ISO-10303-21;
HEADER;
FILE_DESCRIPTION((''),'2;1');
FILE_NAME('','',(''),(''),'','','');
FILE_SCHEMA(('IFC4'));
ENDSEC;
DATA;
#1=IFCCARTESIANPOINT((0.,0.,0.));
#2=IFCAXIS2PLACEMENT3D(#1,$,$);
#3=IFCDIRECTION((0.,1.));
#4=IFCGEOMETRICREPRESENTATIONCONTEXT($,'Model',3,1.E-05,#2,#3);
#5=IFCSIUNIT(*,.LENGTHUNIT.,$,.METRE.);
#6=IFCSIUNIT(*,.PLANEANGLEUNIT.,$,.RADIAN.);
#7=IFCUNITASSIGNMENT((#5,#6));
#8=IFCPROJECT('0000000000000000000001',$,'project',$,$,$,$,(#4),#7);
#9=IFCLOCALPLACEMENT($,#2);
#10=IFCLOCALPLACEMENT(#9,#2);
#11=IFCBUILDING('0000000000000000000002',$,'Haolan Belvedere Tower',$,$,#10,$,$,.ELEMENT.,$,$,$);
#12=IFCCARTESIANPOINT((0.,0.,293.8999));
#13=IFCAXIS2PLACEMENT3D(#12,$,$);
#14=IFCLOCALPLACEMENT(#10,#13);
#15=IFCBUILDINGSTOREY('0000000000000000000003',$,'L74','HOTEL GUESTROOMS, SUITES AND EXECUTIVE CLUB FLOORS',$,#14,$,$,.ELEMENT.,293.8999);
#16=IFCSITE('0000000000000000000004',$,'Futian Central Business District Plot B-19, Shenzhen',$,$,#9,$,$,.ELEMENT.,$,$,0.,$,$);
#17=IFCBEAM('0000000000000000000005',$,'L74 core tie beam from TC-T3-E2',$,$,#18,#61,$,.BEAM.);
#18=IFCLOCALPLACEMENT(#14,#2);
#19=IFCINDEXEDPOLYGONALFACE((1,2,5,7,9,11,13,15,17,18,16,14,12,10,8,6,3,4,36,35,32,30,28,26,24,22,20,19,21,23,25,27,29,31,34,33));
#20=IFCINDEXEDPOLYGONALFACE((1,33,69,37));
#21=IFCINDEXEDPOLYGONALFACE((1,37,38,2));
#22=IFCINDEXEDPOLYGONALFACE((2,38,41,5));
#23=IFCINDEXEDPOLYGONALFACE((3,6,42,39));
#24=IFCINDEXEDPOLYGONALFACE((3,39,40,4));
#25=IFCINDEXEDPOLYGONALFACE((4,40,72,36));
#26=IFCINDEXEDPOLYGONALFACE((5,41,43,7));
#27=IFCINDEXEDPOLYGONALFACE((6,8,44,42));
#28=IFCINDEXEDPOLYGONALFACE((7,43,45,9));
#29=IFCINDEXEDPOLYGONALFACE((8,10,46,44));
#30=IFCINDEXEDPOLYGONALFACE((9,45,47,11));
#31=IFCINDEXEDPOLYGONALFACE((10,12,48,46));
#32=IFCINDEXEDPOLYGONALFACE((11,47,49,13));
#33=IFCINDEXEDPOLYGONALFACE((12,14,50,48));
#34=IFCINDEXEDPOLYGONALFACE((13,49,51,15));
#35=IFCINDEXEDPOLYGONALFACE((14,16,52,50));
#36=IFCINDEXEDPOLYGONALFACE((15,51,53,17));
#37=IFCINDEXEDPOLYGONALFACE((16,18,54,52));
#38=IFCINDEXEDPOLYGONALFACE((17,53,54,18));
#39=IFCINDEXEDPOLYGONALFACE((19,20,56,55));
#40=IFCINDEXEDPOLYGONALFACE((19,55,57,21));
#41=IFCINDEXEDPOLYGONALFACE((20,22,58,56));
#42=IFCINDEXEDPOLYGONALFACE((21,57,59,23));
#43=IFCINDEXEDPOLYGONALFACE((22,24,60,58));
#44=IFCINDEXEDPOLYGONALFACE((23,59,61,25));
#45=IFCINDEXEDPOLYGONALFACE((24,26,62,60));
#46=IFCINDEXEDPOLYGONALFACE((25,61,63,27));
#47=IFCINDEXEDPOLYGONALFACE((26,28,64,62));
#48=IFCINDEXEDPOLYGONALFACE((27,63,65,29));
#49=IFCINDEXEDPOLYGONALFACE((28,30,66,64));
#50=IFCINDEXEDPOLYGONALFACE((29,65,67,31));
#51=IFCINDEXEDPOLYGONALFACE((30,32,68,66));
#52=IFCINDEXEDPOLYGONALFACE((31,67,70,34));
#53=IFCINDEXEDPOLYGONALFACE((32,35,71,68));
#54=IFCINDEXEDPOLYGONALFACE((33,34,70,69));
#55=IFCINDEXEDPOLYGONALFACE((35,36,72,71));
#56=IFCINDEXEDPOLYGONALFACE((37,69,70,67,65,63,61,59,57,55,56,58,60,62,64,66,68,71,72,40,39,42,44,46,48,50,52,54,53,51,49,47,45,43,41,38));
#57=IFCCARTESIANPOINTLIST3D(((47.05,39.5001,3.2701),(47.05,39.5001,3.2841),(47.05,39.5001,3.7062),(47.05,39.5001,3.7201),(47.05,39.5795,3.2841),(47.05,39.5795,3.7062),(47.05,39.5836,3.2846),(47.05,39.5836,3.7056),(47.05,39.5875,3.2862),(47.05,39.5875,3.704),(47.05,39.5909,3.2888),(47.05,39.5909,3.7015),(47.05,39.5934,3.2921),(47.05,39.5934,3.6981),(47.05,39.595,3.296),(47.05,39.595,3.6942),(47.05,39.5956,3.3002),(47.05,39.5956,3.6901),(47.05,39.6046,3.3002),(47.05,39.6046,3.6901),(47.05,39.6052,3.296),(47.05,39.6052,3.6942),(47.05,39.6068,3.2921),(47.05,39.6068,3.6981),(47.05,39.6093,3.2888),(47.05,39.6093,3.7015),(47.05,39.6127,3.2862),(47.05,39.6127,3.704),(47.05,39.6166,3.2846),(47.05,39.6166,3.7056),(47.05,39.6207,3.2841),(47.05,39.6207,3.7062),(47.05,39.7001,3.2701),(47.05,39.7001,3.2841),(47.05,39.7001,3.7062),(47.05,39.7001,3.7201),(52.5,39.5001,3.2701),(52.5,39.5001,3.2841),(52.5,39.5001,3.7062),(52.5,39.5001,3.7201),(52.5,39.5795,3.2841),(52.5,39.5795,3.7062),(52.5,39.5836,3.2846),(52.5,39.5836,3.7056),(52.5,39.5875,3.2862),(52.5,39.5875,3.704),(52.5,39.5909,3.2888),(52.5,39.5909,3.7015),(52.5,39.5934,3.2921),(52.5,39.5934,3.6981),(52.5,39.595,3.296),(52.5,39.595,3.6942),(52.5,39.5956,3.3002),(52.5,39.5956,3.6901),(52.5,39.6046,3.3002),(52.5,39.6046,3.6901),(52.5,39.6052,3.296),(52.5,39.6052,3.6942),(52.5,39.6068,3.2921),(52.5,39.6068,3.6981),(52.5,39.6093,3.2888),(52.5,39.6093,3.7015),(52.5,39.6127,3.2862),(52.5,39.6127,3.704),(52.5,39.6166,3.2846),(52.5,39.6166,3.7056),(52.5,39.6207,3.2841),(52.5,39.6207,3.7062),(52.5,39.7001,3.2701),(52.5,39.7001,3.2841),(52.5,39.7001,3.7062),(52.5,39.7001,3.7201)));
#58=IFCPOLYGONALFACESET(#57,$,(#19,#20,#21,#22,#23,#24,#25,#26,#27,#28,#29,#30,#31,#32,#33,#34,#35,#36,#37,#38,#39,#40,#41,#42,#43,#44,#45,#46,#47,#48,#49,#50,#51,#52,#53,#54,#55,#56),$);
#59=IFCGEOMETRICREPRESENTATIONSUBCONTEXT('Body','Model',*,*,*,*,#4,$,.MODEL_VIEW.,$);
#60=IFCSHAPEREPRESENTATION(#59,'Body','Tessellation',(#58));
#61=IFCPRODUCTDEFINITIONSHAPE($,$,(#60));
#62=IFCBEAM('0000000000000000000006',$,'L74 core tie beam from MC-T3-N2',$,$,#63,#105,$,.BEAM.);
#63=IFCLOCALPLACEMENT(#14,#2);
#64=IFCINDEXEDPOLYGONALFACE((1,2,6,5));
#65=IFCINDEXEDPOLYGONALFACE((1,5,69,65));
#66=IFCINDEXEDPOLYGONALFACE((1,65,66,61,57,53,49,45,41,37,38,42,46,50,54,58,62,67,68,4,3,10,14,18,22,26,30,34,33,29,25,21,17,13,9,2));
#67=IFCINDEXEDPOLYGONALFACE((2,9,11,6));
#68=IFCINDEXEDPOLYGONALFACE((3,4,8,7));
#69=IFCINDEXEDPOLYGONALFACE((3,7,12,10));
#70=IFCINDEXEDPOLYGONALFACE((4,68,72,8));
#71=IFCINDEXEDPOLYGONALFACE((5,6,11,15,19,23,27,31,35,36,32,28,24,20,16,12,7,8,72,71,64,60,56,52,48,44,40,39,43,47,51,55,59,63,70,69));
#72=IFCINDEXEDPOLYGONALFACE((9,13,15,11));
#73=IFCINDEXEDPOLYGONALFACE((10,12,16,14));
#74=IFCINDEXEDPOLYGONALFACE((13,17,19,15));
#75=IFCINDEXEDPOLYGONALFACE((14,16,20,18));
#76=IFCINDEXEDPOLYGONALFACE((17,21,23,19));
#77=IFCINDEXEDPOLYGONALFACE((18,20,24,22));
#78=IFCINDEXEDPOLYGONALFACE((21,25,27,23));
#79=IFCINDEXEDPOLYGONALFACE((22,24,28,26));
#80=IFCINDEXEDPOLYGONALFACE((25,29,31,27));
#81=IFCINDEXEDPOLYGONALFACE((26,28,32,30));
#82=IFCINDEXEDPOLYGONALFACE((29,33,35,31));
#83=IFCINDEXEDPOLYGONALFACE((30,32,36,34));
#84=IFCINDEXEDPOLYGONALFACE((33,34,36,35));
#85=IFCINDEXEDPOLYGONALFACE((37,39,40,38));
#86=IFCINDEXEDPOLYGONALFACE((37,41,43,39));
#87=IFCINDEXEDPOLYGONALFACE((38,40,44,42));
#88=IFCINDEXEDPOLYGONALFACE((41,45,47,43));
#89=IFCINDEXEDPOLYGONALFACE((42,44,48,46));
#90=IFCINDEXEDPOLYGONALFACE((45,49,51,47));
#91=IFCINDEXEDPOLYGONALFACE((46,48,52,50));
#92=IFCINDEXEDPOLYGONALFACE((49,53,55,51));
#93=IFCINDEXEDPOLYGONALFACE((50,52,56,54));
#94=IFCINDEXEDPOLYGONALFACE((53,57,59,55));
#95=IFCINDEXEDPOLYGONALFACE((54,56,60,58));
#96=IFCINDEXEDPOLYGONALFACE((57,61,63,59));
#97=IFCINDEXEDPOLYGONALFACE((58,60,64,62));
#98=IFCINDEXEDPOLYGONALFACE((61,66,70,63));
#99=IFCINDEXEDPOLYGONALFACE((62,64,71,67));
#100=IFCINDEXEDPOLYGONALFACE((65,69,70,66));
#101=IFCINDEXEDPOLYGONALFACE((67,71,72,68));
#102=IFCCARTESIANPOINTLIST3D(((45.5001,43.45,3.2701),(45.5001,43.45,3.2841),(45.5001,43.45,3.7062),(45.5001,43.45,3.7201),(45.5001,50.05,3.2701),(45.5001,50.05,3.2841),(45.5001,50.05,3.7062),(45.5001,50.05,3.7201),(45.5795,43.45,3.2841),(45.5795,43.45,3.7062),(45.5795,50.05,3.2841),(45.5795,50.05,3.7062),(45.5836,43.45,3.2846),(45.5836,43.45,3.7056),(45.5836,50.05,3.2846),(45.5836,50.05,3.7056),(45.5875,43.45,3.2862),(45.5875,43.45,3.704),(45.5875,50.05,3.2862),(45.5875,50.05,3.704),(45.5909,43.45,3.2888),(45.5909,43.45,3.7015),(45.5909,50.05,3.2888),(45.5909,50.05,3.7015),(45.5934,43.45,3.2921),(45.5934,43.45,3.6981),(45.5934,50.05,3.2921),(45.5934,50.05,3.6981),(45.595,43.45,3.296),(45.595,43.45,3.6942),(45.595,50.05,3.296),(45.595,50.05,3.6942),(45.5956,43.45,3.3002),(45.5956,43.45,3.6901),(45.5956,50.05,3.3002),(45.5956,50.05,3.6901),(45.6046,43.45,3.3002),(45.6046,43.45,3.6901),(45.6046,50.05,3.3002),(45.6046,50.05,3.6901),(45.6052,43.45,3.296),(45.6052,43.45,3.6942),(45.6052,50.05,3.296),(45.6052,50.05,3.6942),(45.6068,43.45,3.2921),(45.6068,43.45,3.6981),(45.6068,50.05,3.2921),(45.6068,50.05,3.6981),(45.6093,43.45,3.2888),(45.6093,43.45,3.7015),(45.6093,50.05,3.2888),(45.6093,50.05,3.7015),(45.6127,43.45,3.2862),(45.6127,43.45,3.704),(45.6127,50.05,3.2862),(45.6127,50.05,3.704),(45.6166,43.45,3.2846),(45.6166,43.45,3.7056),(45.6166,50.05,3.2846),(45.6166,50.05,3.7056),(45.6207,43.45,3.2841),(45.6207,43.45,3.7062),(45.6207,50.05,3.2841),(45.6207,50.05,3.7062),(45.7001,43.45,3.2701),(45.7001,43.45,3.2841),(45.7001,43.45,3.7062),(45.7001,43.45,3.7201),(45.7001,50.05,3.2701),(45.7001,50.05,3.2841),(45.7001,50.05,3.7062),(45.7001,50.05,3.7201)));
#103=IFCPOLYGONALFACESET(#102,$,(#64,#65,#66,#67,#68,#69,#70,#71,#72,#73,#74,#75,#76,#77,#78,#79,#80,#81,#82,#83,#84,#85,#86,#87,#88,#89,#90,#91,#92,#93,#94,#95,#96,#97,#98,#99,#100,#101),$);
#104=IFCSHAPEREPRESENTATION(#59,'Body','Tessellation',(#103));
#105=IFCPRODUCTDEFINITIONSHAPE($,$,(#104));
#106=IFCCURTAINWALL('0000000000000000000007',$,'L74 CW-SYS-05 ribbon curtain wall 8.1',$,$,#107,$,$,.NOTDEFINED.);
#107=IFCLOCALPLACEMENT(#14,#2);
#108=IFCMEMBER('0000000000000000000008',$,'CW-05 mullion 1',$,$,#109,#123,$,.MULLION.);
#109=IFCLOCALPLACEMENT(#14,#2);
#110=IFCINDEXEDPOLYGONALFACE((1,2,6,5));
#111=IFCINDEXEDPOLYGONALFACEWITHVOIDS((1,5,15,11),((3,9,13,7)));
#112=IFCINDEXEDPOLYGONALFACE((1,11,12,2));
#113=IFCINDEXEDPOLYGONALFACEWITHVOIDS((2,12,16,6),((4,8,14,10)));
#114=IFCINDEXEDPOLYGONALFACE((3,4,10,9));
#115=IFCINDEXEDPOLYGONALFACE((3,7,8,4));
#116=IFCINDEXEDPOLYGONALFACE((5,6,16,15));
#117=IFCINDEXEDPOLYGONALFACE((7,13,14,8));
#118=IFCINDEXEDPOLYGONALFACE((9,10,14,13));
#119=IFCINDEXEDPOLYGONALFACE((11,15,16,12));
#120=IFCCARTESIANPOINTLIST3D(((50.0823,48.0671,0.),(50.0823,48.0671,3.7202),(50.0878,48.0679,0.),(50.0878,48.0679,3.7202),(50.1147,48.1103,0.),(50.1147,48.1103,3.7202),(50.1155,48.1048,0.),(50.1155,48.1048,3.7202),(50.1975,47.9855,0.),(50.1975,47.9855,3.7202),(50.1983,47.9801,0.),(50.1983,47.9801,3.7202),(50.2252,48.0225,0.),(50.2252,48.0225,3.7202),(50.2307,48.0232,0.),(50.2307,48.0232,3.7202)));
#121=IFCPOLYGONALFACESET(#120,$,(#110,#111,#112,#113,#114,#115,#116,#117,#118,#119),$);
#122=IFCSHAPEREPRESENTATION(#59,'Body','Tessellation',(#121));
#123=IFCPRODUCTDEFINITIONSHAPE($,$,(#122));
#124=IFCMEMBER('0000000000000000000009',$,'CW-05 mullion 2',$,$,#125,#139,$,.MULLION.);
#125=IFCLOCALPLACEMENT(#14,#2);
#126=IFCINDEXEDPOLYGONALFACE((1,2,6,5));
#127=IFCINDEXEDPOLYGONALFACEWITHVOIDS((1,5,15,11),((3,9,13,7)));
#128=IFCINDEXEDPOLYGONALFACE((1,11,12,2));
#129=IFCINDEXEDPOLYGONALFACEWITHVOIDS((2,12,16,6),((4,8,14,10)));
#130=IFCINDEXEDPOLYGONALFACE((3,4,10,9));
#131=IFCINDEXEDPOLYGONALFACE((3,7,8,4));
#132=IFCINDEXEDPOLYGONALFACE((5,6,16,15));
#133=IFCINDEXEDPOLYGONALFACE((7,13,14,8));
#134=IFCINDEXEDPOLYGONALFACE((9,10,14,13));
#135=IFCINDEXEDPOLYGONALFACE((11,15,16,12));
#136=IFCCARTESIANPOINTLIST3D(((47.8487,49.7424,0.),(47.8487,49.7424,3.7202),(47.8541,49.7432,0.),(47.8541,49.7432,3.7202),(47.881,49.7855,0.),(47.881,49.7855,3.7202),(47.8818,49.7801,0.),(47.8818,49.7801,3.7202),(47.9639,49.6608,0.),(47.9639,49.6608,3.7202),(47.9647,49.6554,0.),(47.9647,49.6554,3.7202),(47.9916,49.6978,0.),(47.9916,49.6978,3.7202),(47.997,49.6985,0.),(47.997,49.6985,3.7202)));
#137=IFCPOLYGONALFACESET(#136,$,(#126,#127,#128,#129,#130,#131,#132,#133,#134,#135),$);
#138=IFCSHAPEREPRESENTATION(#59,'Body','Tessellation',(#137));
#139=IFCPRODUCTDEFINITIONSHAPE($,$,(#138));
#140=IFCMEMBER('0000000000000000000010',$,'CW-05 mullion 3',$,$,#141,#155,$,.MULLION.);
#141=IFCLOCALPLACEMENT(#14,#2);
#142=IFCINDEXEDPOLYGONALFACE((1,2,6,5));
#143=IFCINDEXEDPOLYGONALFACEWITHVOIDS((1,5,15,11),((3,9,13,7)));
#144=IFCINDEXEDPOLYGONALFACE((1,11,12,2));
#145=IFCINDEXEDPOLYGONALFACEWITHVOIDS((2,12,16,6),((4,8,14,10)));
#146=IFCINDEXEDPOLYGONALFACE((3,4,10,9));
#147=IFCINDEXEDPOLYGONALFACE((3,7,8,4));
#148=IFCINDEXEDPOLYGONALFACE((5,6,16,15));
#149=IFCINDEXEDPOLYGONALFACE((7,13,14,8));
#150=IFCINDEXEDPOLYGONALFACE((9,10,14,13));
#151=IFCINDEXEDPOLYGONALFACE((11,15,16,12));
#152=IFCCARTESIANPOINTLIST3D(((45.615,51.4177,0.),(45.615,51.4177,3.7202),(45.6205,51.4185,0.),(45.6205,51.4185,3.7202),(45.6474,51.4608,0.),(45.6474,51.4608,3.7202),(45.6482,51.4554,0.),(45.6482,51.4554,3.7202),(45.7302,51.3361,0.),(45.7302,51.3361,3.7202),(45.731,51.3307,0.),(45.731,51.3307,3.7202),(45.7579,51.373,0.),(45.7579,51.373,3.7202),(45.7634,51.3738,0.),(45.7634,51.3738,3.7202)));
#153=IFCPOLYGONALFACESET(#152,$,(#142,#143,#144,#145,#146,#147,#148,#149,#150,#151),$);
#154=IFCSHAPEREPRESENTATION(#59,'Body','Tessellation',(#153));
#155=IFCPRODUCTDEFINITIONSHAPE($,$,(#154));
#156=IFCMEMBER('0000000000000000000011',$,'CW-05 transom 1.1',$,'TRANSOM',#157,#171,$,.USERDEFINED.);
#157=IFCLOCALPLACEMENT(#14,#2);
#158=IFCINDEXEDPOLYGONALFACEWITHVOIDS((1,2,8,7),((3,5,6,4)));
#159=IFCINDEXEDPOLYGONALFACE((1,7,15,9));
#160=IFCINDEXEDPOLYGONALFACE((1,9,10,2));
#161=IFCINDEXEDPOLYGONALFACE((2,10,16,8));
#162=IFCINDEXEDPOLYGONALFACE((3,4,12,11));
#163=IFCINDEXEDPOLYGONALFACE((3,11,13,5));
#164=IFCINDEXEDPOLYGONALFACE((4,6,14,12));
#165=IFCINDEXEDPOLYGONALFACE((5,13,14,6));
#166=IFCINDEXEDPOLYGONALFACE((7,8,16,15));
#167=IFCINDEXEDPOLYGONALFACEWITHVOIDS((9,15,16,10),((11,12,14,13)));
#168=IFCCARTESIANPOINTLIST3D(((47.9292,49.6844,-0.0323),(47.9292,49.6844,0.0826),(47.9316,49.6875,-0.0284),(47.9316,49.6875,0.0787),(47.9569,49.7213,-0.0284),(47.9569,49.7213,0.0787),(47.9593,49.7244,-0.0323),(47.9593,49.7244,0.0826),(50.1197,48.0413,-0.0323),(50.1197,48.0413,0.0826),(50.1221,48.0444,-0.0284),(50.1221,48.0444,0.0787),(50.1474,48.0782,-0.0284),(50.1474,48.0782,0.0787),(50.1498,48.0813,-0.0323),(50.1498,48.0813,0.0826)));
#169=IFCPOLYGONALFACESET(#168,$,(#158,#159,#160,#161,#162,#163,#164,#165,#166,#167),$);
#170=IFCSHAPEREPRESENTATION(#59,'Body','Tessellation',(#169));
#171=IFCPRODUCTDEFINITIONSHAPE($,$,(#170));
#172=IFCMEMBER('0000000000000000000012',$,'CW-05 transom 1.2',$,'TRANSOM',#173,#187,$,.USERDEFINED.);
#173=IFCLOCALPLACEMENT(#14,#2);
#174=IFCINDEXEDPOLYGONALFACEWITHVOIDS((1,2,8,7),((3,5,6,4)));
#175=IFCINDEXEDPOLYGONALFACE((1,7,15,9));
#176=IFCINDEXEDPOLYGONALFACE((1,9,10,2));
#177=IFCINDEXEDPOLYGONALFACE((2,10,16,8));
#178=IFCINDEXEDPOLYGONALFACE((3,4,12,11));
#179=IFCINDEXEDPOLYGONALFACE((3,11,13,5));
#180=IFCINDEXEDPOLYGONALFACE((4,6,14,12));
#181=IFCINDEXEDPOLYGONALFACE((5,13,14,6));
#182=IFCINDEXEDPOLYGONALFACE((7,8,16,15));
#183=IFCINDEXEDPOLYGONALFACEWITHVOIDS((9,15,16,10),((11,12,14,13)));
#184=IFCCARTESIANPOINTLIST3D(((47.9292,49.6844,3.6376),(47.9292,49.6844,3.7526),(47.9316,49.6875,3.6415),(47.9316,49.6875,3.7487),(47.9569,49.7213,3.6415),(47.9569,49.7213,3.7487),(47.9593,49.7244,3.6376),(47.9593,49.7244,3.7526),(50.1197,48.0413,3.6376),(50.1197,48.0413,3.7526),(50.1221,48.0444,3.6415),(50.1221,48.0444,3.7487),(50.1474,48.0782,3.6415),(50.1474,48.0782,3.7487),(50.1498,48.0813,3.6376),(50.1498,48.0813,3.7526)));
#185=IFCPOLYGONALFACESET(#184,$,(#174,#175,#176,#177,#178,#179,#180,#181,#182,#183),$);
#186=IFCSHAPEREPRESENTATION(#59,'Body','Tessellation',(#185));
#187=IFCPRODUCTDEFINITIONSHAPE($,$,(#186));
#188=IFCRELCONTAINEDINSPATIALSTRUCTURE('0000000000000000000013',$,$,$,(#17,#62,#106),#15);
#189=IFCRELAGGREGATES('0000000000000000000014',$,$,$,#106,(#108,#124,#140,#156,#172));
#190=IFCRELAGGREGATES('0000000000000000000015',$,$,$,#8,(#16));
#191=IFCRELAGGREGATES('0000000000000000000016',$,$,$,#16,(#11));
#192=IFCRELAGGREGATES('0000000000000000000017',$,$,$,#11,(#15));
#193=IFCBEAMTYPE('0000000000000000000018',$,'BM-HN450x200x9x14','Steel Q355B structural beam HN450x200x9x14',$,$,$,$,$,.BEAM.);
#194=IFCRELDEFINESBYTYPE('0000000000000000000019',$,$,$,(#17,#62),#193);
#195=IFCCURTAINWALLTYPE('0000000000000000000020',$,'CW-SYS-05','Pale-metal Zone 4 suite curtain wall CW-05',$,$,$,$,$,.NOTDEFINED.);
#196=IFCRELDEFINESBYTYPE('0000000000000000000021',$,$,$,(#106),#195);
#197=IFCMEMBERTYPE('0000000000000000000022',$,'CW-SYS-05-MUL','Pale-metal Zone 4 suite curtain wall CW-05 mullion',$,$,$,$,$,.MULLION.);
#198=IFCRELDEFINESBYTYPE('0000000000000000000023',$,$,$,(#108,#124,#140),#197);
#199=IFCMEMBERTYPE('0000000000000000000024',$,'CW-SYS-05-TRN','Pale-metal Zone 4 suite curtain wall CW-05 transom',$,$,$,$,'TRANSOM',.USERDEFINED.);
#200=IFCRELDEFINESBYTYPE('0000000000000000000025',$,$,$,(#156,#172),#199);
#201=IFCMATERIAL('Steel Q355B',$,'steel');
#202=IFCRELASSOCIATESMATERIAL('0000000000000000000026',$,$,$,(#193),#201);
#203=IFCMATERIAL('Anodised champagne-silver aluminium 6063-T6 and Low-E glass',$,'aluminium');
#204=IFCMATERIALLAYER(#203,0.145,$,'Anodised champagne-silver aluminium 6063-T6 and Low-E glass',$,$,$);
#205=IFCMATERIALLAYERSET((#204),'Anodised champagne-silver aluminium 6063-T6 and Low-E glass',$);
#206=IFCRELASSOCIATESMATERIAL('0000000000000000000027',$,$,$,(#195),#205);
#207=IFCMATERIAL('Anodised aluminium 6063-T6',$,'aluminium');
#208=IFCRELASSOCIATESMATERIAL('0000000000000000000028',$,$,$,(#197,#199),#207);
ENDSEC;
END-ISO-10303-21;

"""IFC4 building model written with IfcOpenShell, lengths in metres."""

from ifc_helpers import new_model, si_unit, direction, frame, origin, origin_2d, place, context, subcontext, project, spatial, hollow_rectangle, i_section, extrude, material, layer, layer_set, material_profile, profile_set, type_object, element, aggregate, save


model = new_model("IFC4")

# Units and contexts
model_context = context("Model", 3, precision=1e-05, world=origin(), true_north=direction((0.0, 1.0)))
body_context = subcontext(model_context, "Body", "Model", "MODEL_VIEW")
ifc_project = project(units=[si_unit("LENGTHUNIT", "METRE"), si_unit("PLANEANGLEUNIT", "RADIAN")], contexts=[model_context])

# Site, building, storey
site_placement = place(None, origin())
site = spatial("IfcSite", under=ifc_project, at=site_placement, Name="Futian Central Business District Plot B-19, Shenzhen", CompositionType="ELEMENT", RefElevation=0.0)
building_placement = place(site_placement, origin())
building = spatial("IfcBuilding", under=site, at=building_placement, Name="Haolan Belvedere Tower", CompositionType="ELEMENT")
storey_placement = place(building_placement, frame((0.0, 0.0, 293.8999)))
storey = spatial("IfcBuildingStorey", under=building, at=storey_placement, Name="L74", Description="HOTEL GUESTROOMS, SUITES AND EXECUTIVE CLUB FLOORS", CompositionType="ELEMENT", Elevation=293.8999)

# Beams
ifc_material_1 = material(Name="Steel Q355B", Category="steel")
ifc_material_profile_1 = material_profile(ifc_material_1, i_section(OverallWidth=0.2, OverallDepth=0.45, WebThickness=0.009, FlangeThickness=0.0139, FilletRadius=0.0161, at=origin_2d()), Name="Steel Q355B")
ifc_profile_set_1 = profile_set([ifc_material_profile_1], Name="Steel Q355B")
beam_type_1 = type_object("IfcBeamType", Name="BM-HN450x200x9x14", Description="Steel Q355B structural beam HN450x200x9x14", PredefinedType="BEAM", material=ifc_profile_set_1)
beam_1_placement = place(storey_placement, frame((52.5, 39.6001, 3.4951), z_axis=(-1.0, 0.0, 0.0), x_axis=(0.0, -1.0, 0.0)))
element("IfcBeam", 1, at=beam_1_placement, inside=storey, type_object=beam_type_1, Name="L74 core tie beam from TC-T3-E2", PredefinedType="BEAM", context=body_context, shape_type="SweptSolid", body=[
    extrude(i_section(OverallWidth=0.2, OverallDepth=0.45, WebThickness=0.009, FlangeThickness=0.0139, FilletRadius=0.0161, at=origin_2d()), origin(), (0.0, 0.0, 1.0), 5.45),
])
beam_2_placement = place(storey_placement, frame((45.6001, 50.05, 3.4951), z_axis=(0.0, -1.0, 0.0), x_axis=(1.0, 0.0, 0.0)))
element("IfcBeam", 2, at=beam_2_placement, inside=storey, type_object=beam_type_1, Name="L74 core tie beam from MC-T3-N2", PredefinedType="BEAM", context=body_context, shape_type="SweptSolid", body=[
    extrude(i_section(OverallWidth=0.2, OverallDepth=0.45, WebThickness=0.009, FlangeThickness=0.0139, FilletRadius=0.0161, at=origin_2d()), origin(), (0.0, 0.0, 1.0), 6.6001),
])

# Curtain wall, members
ifc_material_2 = material(Name="Anodised champagne-silver aluminium 6063-T6 and Low-E glass", Category="aluminium")
ifc_layer_1 = layer(ifc_material_2, 0.145, Name="Anodised champagne-silver aluminium 6063-T6 and Low-E glass")
ifc_layer_set_1 = layer_set([ifc_layer_1], Name="Anodised champagne-silver aluminium 6063-T6 and Low-E glass")
curtain_wall_type = type_object("IfcCurtainWallType", Name="CW-SYS-05", Description="Pale-metal Zone 4 suite curtain wall CW-05", PredefinedType="NOTDEFINED", material=ifc_layer_set_1)
curtain_wall_placement = place(storey_placement, origin())
curtain_wall = element("IfcCurtainWall", 3, at=curtain_wall_placement, inside=storey, type_object=curtain_wall_type, Name="L74 CW-SYS-05 ribbon curtain wall 8.1", PredefinedType="NOTDEFINED")
ifc_material_3 = material(Name="Anodised aluminium 6063-T6", Category="aluminium")
ifc_material_profile_2 = material_profile(ifc_material_3, hollow_rectangle(XDim=0.054, YDim=0.145, WallThickness=0.0039, at=origin_2d()), Name="Anodised aluminium 6063-T6")
ifc_profile_set_2 = profile_set([ifc_material_profile_2], Name="Anodised aluminium 6063-T6")
member_type_1 = type_object("IfcMemberType", Name="CW-SYS-05-MUL", Description="Pale-metal Zone 4 suite curtain wall CW-05 mullion", PredefinedType="MULLION", material=ifc_profile_set_2)
member_1_placement = place(storey_placement, frame((50.1565, 48.0452, 0.0), z_axis=(0.0, 0.0, 1.0), x_axis=(-0.600003, -0.799998, 0.0)))
member_1 = element("IfcMember", 4, at=member_1_placement, type_object=member_type_1, Name="CW-05 mullion 1", PredefinedType="MULLION", context=body_context, shape_type="SweptSolid", body=[
    extrude(hollow_rectangle(XDim=0.054, YDim=0.145, WallThickness=0.0039, at=origin_2d()), origin(), (0.0, 0.0, 1.0), 3.7202),
])
member_2_placement = place(storey_placement, frame((47.9229, 49.7205, 0.0), z_axis=(0.0, 0.0, 1.0), x_axis=(-0.600003, -0.799998, 0.0)))
member_2 = element("IfcMember", 5, at=member_2_placement, type_object=member_type_1, Name="CW-05 mullion 2", PredefinedType="MULLION", context=body_context, shape_type="SweptSolid", body=[
    extrude(hollow_rectangle(XDim=0.054, YDim=0.145, WallThickness=0.0039, at=origin_2d()), origin(), (0.0, 0.0, 1.0), 3.7202),
])
member_3_placement = place(storey_placement, frame((45.6892, 51.3958, 0.0), z_axis=(0.0, 0.0, 1.0), x_axis=(-0.600003, -0.799998, 0.0)))
member_3 = element("IfcMember", 6, at=member_3_placement, type_object=member_type_1, Name="CW-05 mullion 3", PredefinedType="MULLION", context=body_context, shape_type="SweptSolid", body=[
    extrude(hollow_rectangle(XDim=0.054, YDim=0.145, WallThickness=0.0039, at=origin_2d()), origin(), (0.0, 0.0, 1.0), 3.7202),
])
ifc_material_profile_3 = material_profile(ifc_material_3, hollow_rectangle(XDim=0.05, YDim=0.115, WallThickness=0.0039, at=origin_2d()), Name="Anodised aluminium 6063-T6")
ifc_profile_set_3 = profile_set([ifc_material_profile_3], Name="Anodised aluminium 6063-T6")
member_type_2 = type_object("IfcMemberType", Name="CW-SYS-05-TRN", Description="Pale-metal Zone 4 suite curtain wall CW-05 transom", ElementType="TRANSOM", PredefinedType="USERDEFINED", material=ifc_profile_set_3)
member_4_placement = place(storey_placement, frame((50.1348, 48.0613, 0.0251), z_axis=(-0.799957, 0.600057, 0.0), x_axis=(-0.600057, -0.799957, 0.0)))
member_4 = element("IfcMember", 7, at=member_4_placement, type_object=member_type_2, Name="CW-05 transom 1.1", ObjectType="TRANSOM", PredefinedType="USERDEFINED", context=body_context, shape_type="SweptSolid", body=[
    extrude(hollow_rectangle(XDim=0.05, YDim=0.115, WallThickness=0.0039, at=origin_2d()), origin(), (0.0, 0.0, 1.0), 2.7383),
])
member_5_placement = place(storey_placement, frame((50.1348, 48.0613, 3.6951), z_axis=(-0.799957, 0.600057, 0.0), x_axis=(-0.600057, -0.799957, 0.0)))
member_5 = element("IfcMember", 8, at=member_5_placement, type_object=member_type_2, Name="CW-05 transom 1.2", ObjectType="TRANSOM", PredefinedType="USERDEFINED", context=body_context, shape_type="SweptSolid", body=[
    extrude(hollow_rectangle(XDim=0.05, YDim=0.115, WallThickness=0.0039, at=origin_2d()), origin(), (0.0, 0.0, 1.0), 2.7383),
])
aggregate(curtain_wall, [member_1, member_2, member_3, member_4, member_5])

save(model, "model.ifc")
